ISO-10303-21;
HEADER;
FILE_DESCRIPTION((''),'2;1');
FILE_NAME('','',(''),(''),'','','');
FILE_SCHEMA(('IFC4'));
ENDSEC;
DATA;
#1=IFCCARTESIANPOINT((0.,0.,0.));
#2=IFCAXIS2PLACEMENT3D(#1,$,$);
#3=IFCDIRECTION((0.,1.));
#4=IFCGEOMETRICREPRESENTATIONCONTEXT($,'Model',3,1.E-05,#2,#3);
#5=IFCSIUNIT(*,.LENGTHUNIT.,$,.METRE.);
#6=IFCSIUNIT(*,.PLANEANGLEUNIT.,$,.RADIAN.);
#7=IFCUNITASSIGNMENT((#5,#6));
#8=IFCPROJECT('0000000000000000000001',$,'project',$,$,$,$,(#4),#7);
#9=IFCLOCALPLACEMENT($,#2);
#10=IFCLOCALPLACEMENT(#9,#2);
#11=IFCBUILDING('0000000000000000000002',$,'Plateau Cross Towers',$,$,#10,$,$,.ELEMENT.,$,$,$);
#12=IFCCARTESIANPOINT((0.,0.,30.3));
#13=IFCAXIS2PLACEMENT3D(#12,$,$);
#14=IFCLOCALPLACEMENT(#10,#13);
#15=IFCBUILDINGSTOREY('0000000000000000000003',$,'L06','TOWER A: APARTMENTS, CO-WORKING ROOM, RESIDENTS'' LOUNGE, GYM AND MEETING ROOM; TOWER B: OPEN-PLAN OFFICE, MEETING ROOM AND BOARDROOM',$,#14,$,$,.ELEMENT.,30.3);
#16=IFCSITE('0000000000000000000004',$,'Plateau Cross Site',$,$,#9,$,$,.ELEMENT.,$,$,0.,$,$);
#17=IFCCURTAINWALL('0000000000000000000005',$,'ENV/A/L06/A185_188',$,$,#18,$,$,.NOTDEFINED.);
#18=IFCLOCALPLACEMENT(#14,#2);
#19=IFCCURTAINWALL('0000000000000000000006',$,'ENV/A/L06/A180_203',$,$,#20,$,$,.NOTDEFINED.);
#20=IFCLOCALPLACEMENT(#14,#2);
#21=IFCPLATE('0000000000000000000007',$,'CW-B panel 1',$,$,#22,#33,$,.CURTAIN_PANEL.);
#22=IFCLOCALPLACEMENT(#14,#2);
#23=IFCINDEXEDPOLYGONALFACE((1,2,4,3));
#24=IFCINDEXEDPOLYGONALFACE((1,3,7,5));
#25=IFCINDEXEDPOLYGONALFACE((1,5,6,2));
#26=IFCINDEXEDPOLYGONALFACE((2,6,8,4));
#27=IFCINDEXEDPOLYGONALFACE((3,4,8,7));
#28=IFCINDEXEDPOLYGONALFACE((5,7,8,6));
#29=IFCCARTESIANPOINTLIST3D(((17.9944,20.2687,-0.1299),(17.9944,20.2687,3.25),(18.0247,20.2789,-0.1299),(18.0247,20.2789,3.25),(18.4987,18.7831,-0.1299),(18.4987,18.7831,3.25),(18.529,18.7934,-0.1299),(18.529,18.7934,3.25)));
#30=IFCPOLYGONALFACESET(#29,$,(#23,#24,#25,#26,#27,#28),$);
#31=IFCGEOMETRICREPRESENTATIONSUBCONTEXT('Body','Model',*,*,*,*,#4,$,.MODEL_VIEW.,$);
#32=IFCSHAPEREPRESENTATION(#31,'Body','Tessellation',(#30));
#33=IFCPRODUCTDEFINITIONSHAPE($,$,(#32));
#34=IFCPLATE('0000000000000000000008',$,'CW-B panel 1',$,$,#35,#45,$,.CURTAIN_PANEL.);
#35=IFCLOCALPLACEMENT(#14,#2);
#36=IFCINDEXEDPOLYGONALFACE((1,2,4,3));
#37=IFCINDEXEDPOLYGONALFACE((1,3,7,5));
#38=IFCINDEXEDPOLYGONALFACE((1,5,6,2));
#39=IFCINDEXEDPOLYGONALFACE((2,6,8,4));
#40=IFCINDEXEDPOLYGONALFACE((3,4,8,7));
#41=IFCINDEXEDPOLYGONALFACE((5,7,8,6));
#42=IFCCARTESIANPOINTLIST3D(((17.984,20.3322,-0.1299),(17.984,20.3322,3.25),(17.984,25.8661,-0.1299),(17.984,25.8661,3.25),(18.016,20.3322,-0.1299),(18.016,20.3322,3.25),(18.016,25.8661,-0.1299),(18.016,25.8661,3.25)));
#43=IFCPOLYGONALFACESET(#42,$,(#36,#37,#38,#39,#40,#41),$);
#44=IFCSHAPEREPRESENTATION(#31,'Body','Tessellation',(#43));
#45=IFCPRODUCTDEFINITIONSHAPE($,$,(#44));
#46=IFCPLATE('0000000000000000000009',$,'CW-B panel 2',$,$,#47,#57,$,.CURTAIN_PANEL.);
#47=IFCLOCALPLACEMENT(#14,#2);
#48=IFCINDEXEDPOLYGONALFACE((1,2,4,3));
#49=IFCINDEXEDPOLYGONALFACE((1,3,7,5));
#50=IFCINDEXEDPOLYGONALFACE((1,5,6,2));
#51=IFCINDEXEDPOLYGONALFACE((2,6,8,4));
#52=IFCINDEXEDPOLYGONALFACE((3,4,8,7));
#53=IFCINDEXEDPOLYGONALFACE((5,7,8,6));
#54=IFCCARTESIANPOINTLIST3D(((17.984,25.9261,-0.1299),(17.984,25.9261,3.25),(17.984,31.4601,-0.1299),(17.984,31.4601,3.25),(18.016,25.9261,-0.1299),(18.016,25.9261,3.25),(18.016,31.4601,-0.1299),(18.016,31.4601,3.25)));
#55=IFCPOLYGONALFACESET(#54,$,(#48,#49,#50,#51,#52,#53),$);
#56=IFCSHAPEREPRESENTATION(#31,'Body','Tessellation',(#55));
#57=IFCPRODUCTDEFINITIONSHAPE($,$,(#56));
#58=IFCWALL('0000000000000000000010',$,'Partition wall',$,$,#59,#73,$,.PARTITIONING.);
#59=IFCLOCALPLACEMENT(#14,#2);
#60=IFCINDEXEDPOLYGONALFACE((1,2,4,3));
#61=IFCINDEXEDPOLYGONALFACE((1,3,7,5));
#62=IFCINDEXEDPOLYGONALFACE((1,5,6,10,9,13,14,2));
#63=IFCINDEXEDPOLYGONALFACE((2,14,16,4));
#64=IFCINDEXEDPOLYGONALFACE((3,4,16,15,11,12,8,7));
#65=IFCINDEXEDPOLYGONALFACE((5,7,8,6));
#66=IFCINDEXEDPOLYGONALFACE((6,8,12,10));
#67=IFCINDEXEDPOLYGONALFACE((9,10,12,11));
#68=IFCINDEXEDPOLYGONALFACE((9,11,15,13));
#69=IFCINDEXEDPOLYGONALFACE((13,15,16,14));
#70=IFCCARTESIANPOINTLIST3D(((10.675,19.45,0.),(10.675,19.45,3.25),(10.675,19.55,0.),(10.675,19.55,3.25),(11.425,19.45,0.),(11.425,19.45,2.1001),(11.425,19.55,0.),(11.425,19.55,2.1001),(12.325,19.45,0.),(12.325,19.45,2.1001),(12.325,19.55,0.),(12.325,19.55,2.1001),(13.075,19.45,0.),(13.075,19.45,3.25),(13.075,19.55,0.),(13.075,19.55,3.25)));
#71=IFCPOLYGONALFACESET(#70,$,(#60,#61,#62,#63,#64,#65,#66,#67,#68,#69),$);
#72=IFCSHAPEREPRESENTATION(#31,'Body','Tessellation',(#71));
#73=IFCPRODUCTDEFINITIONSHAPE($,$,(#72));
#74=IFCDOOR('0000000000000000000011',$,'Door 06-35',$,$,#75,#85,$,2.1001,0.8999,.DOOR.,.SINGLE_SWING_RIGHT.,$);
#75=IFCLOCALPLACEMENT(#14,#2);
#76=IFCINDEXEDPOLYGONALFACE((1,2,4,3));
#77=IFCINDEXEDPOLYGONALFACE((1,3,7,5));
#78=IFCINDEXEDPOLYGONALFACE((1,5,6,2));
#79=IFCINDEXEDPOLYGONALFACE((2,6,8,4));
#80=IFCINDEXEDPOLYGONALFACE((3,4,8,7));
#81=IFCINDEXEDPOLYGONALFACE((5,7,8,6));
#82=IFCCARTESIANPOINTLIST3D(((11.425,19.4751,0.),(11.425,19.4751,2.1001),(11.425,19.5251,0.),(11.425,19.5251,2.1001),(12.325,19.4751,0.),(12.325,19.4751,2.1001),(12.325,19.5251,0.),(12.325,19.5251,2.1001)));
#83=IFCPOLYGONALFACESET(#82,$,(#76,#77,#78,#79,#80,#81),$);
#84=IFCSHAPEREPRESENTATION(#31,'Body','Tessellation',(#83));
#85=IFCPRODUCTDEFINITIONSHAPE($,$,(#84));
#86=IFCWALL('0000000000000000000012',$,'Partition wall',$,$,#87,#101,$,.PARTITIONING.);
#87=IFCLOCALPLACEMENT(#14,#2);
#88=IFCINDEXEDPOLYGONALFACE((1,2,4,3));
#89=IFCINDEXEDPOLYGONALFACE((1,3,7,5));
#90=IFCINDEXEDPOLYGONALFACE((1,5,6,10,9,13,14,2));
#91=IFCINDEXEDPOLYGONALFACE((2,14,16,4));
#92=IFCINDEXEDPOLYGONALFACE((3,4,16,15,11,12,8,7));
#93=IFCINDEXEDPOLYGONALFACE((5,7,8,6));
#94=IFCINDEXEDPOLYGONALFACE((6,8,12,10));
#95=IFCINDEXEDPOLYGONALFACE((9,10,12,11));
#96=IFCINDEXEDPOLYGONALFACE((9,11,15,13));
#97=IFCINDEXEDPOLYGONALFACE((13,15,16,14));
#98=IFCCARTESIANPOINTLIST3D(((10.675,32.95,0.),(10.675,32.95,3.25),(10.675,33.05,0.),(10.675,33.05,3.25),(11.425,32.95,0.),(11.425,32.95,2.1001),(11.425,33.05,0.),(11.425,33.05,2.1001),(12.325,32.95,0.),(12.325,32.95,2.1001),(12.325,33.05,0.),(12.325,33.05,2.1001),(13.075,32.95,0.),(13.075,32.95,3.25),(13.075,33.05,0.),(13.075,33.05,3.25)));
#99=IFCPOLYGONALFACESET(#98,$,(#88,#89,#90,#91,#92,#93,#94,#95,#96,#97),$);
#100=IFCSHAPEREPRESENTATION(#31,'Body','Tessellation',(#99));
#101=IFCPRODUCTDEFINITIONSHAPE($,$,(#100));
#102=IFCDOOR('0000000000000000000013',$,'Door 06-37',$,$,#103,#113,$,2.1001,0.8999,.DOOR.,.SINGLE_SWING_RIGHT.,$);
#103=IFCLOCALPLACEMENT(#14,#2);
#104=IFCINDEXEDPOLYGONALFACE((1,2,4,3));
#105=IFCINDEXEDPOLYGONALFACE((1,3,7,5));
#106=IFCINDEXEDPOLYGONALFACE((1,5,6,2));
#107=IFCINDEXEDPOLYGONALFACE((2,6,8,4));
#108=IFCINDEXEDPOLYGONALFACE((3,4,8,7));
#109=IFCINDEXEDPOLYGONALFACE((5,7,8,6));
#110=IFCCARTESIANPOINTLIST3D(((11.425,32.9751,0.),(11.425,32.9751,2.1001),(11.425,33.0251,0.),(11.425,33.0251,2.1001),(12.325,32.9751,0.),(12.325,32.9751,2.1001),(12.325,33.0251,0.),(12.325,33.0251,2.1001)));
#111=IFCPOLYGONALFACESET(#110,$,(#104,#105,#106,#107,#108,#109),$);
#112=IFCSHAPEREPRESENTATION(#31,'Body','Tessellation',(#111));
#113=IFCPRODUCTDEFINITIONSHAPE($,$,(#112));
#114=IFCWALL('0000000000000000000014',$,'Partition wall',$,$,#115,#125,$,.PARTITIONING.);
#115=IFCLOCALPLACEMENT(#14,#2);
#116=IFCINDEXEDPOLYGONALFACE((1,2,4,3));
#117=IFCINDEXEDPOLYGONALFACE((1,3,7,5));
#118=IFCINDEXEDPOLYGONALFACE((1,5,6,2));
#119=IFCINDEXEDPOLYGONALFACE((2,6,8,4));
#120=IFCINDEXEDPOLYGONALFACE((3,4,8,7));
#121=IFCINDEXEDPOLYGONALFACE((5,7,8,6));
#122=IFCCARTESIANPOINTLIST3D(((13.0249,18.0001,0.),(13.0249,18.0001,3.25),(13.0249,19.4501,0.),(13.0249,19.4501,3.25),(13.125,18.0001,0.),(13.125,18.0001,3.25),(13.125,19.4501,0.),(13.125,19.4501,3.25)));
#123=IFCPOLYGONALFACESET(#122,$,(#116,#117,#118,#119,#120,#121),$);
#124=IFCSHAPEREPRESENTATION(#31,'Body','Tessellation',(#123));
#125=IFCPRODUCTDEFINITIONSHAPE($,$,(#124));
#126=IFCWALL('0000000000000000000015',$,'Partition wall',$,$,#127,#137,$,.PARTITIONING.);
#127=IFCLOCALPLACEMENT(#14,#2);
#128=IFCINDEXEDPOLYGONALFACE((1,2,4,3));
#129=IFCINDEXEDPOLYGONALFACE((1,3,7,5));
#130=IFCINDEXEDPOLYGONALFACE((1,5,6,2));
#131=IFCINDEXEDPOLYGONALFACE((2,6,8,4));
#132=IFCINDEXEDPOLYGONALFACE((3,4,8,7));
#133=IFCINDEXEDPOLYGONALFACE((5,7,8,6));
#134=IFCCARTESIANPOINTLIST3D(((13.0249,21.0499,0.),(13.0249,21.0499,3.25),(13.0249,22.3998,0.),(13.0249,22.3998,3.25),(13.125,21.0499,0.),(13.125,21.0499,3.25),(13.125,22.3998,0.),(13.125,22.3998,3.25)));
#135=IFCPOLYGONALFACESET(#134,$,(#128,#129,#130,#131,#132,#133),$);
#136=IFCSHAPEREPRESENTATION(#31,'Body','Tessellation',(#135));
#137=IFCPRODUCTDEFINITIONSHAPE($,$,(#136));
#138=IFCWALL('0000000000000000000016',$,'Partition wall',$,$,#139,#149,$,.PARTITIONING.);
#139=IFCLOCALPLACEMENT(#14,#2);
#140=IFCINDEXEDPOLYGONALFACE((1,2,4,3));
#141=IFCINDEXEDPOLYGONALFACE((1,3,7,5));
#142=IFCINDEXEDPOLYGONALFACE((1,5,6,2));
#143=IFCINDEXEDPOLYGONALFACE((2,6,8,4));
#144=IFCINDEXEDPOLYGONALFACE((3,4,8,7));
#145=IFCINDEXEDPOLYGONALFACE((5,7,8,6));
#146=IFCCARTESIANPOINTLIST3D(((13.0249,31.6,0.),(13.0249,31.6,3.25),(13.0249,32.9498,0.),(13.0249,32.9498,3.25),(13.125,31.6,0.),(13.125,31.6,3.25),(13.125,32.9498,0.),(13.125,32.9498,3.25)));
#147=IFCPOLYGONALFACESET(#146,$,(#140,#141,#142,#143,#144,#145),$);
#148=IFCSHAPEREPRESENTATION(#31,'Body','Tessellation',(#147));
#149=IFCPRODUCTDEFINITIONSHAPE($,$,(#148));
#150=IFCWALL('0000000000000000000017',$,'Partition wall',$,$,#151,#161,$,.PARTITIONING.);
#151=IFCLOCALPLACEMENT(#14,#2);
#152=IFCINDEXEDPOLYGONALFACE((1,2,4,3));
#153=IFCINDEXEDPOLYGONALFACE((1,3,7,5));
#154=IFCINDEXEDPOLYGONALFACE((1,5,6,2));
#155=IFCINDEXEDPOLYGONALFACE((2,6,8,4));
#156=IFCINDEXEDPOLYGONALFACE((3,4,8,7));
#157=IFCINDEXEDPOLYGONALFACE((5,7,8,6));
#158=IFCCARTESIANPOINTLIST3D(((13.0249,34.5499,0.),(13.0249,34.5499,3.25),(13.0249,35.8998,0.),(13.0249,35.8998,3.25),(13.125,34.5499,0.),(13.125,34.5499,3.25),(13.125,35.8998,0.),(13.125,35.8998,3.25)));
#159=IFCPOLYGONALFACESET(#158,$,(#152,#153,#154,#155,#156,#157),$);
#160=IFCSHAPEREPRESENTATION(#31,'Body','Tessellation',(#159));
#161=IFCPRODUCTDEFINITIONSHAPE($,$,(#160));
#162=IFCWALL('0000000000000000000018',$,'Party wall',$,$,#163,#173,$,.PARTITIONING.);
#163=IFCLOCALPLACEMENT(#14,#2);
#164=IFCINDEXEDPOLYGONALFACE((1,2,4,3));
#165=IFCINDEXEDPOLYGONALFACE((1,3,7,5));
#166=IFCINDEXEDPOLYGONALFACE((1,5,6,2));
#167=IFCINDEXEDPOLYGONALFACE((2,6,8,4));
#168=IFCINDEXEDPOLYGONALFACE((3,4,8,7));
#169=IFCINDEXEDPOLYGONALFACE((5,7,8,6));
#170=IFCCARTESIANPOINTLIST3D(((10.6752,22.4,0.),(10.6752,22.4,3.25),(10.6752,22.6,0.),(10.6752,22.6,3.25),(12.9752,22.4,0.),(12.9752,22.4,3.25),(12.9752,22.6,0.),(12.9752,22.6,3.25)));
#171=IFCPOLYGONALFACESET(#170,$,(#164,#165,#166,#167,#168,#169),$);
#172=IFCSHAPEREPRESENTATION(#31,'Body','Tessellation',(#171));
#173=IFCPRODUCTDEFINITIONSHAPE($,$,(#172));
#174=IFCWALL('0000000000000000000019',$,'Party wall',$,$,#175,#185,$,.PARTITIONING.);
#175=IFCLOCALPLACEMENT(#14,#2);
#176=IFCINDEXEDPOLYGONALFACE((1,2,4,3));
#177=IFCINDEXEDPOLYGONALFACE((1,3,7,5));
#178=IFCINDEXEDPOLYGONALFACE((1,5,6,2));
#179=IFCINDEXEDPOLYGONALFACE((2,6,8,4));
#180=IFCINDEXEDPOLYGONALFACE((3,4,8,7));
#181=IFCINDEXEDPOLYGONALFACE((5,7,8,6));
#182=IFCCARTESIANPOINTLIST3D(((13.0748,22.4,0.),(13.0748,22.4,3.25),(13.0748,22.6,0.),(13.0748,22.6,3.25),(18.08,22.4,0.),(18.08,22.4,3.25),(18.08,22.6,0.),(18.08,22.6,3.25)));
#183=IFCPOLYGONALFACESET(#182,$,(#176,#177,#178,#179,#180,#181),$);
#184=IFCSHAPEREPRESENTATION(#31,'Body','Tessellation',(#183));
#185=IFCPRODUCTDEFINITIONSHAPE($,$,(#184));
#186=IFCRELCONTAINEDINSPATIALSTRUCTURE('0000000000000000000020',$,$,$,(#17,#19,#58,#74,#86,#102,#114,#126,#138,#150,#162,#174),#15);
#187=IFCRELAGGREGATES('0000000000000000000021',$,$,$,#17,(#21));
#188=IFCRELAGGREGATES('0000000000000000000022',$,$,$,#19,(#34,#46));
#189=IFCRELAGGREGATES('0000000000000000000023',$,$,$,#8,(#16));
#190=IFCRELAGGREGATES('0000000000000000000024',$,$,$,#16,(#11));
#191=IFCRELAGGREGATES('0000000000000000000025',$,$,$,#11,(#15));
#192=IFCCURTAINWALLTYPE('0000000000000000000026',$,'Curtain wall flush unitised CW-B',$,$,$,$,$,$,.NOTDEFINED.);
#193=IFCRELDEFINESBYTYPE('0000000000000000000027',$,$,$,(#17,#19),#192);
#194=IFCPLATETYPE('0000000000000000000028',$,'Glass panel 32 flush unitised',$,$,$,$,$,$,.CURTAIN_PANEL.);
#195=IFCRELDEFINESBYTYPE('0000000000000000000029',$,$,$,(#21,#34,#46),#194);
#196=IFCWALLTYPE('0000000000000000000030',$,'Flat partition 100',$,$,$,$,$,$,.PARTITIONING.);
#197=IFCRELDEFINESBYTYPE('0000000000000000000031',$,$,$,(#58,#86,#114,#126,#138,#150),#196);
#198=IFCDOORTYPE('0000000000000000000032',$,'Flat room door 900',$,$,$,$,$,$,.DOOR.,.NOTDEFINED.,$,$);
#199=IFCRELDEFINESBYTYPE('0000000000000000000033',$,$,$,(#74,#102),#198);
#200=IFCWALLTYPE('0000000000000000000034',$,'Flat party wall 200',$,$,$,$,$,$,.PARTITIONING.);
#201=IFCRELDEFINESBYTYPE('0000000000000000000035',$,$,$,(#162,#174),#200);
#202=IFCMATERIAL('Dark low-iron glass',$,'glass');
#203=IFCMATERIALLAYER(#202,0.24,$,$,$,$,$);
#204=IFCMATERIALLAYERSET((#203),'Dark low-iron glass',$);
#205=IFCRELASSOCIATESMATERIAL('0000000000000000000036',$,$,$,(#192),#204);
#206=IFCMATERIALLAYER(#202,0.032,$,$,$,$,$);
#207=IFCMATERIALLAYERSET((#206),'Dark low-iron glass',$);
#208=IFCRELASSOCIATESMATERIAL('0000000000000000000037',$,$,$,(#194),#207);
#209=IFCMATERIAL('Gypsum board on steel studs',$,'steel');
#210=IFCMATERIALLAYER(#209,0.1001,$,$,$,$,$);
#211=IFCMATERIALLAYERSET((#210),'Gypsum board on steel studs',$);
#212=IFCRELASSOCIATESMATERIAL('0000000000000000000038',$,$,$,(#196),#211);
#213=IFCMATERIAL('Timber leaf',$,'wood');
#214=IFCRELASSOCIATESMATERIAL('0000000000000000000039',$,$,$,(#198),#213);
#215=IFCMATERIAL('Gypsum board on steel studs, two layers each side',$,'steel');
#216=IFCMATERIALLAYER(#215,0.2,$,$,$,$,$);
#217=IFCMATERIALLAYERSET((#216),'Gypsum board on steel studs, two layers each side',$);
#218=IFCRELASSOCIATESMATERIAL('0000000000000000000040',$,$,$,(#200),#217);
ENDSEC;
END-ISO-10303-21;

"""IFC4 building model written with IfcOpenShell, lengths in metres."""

from ifc_helpers import new_model, si_unit, direction, frame, frame_2d, origin, origin_2d, place, context, subcontext, project, spatial, rectangle, extrude, material, layer, layer_set, type_object, element, fill, aggregate, save


model = new_model("IFC4")

# Units and contexts
model_context = context("Model", 3, precision=1e-05, world=origin(), true_north=direction((0.0, 1.0)))
body_context = subcontext(model_context, "Body", "Model", "MODEL_VIEW")
ifc_project = project(units=[si_unit("LENGTHUNIT", "METRE"), si_unit("PLANEANGLEUNIT", "RADIAN")], contexts=[model_context])

# Site, building, storey
site_placement = place(None, origin())
site = spatial("IfcSite", under=ifc_project, at=site_placement, Name="Plateau Cross Site", CompositionType="ELEMENT", RefElevation=0.0)
building_placement = place(site_placement, origin())
building = spatial("IfcBuilding", under=site, at=building_placement, Name="Plateau Cross Towers", CompositionType="ELEMENT")
storey_placement = place(building_placement, frame((0.0, 0.0, 30.3)))
storey = spatial("IfcBuildingStorey", under=building, at=storey_placement, Name="L06", Description="TOWER A: APARTMENTS, CO-WORKING ROOM, RESIDENTS' LOUNGE, GYM AND MEETING ROOM; TOWER B: OPEN-PLAN OFFICE, MEETING ROOM AND BOARDROOM", CompositionType="ELEMENT", Elevation=30.3)

# Shared definitions
ifc_material_1 = material(Name="Dark low-iron glass", Category="glass")
ifc_layer_1 = layer(ifc_material_1, 0.24)
ifc_layer_set_1 = layer_set([ifc_layer_1], Name="Dark low-iron glass")
curtain_wall_type_1 = type_object("IfcCurtainWallType", Name="Curtain wall flush unitised CW-B", PredefinedType="NOTDEFINED", material=ifc_layer_set_1)

# Curtain wall
curtain_wall_1_placement = place(storey_placement, origin())
curtain_wall_1 = element("IfcCurtainWall", 1, at=curtain_wall_1_placement, inside=storey, type_object=curtain_wall_type_1, Name="ENV/A/L06/A185_188", PredefinedType="NOTDEFINED")

# Curtain wall
curtain_wall_2_placement = place(storey_placement, origin())
curtain_wall_2 = element("IfcCurtainWall", 2, at=curtain_wall_2_placement, inside=storey, type_object=curtain_wall_type_1, Name="ENV/A/L06/A180_203", PredefinedType="NOTDEFINED")

# Plates
ifc_layer_2 = layer(ifc_material_1, 0.032)
ifc_layer_set_2 = layer_set([ifc_layer_2], Name="Dark low-iron glass")
plate_type = type_object("IfcPlateType", Name="Glass panel 32 flush unitised", PredefinedType="CURTAIN_PANEL", material=ifc_layer_set_2)
plate_1_placement = place(storey_placement, frame((18.2617, 19.531, -0.1299), z_axis=(0.0, 0.0, 1.0), x_axis=(-0.321469, 0.94692, 0.0)))
plate_1 = element("IfcPlate", 3, at=plate_1_placement, type_object=plate_type, Name="CW-B panel 1", PredefinedType="CURTAIN_PANEL", context=body_context, shape_type="SweptSolid", body=[
    extrude(rectangle(XDim=1.5688, YDim=0.032, at=origin_2d()), origin(), (0.0, 0.0, 1.0), 3.3799),
])
aggregate(curtain_wall_1, [plate_1])
plate_2_placement = place(storey_placement, frame((18.0, 23.0991, -0.1299), z_axis=(0.0, 0.0, 1.0), x_axis=(0.0, 1.0, 0.0)))
plate_2 = element("IfcPlate", 4, at=plate_2_placement, type_object=plate_type, Name="CW-B panel 1", PredefinedType="CURTAIN_PANEL", context=body_context, shape_type="SweptSolid", body=[
    extrude(rectangle(XDim=5.5339, YDim=0.032, at=origin_2d()), origin(), (0.0, 0.0, 1.0), 3.3799),
])
plate_3_placement = place(storey_placement, frame((18.0, 28.6931, -0.1299), z_axis=(0.0, 0.0, 1.0), x_axis=(0.0, 1.0, 0.0)))
plate_3 = element("IfcPlate", 5, at=plate_3_placement, type_object=plate_type, Name="CW-B panel 2", PredefinedType="CURTAIN_PANEL", context=body_context, shape_type="SweptSolid", body=[
    extrude(rectangle(XDim=5.5339, YDim=0.032, at=origin_2d()), origin(), (0.0, 0.0, 1.0), 3.3799),
])
aggregate(curtain_wall_2, [plate_2, plate_3])

# Walls, openings, doors
ifc_material_2 = material(Name="Gypsum board on steel studs", Category="steel")
ifc_layer_3 = layer(ifc_material_2, 0.1001)
ifc_layer_set_3 = layer_set([ifc_layer_3], Name="Gypsum board on steel studs")
wall_type_1 = type_object("IfcWallType", Name="Flat partition 100", PredefinedType="PARTITIONING", material=ifc_layer_set_3)
wall_1_placement = place(storey_placement, frame((13.075, 19.5, 0.0), z_axis=(0.0, 0.0, 1.0), x_axis=(-1.0, 0.0, 0.0)))
wall_1 = element("IfcWall", 6, at=wall_1_placement, inside=storey, type_object=wall_type_1, Name="Partition wall", PredefinedType="PARTITIONING", context=body_context, shape_type="SweptSolid", body=[
    extrude(rectangle(XDim=2.3999, YDim=0.1001, at=frame_2d((1.2, 0.0))), origin(), (0.0, 0.0, 1.0), 3.25),
])
opening_1_placement = place(wall_1_placement, frame((0.75, 0.0, 0.0)))
opening_1 = element("IfcOpeningElement", 7, at=opening_1_placement, cuts=wall_1, PredefinedType="OPENING", context=body_context, shape_type="SweptSolid", body=[
    extrude(rectangle(XDim=0.8999, YDim=2.1001, at=frame_2d((0.45, 1.05))), frame((0.0, 0.0601, 0.0), z_axis=(0.0, -1.0, 0.0), x_axis=(1.0, 0.0, 0.0)), (0.0, 0.0, 1.0), 0.1201),
])
ifc_material_3 = material(Name="Timber leaf", Category="wood")
door_type_1 = type_object("IfcDoorType", Name="Flat room door 900", OperationType="NOTDEFINED", PredefinedType="DOOR", material=ifc_material_3)
door_1_placement = place(opening_1_placement, origin())
door_1 = element("IfcDoor", 8, at=door_1_placement, inside=storey, type_object=door_type_1, Name="Door 06-35", OperationType="SINGLE_SWING_RIGHT", OverallHeight=2.1001, OverallWidth=0.8999, PredefinedType="DOOR", context=body_context, shape_type="SweptSolid", body=[
    extrude(rectangle(XDim=0.8999, YDim=2.1001, at=frame_2d((0.45, 1.05))), frame((0.0, 0.0249, 0.0), z_axis=(0.0, -1.0, 0.0), x_axis=(1.0, 0.0, 0.0)), (0.0, 0.0, 1.0), 0.05),
])
fill(opening_1, door_1)
wall_2_placement = place(storey_placement, frame((13.075, 33.0, 0.0), z_axis=(0.0, 0.0, 1.0), x_axis=(-1.0, 0.0, 0.0)))
wall_2 = element("IfcWall", 9, at=wall_2_placement, inside=storey, type_object=wall_type_1, Name="Partition wall", PredefinedType="PARTITIONING", context=body_context, shape_type="SweptSolid", body=[
    extrude(rectangle(XDim=2.3999, YDim=0.1001, at=frame_2d((1.2, 0.0))), origin(), (0.0, 0.0, 1.0), 3.25),
])
opening_2_placement = place(wall_2_placement, frame((0.75, 0.0, 0.0)))
opening_2 = element("IfcOpeningElement", 10, at=opening_2_placement, cuts=wall_2, PredefinedType="OPENING", context=body_context, shape_type="SweptSolid", body=[
    extrude(rectangle(XDim=0.8999, YDim=2.1001, at=frame_2d((0.45, 1.05))), frame((0.0, 0.0601, 0.0), z_axis=(0.0, -1.0, 0.0), x_axis=(1.0, 0.0, 0.0)), (0.0, 0.0, 1.0), 0.1201),
])
door_2_placement = place(opening_2_placement, origin())
door_2 = element("IfcDoor", 11, at=door_2_placement, inside=storey, type_object=door_type_1, Name="Door 06-37", OperationType="SINGLE_SWING_RIGHT", OverallHeight=2.1001, OverallWidth=0.8999, PredefinedType="DOOR", context=body_context, shape_type="SweptSolid", body=[
    extrude(rectangle(XDim=0.8999, YDim=2.1001, at=frame_2d((0.45, 1.05))), frame((0.0, 0.0249, 0.0), z_axis=(0.0, -1.0, 0.0), x_axis=(1.0, 0.0, 0.0)), (0.0, 0.0, 1.0), 0.05),
])
fill(opening_2, door_2)

# Walls
wall_3_placement = place(storey_placement, frame((13.075, 18.0, 0.0), z_axis=(0.0, 0.0, 1.0), x_axis=(0.0, 1.0, 0.0)))
element("IfcWall", 12, at=wall_3_placement, inside=storey, type_object=wall_type_1, Name="Partition wall", PredefinedType="PARTITIONING", context=body_context, shape_type="SweptSolid", body=[
    extrude(rectangle(XDim=1.45, YDim=0.1001, at=frame_2d((0.7251, 0.0))), origin(), (0.0, 0.0, 1.0), 3.25),
])
for number, where, z_axis, x_axis, name in (
    (13, (13.075, 21.05, 0.0), (0.0, 0.0, 1.0), (0.0, 1.0, 0.0), "Partition wall"),
    (14, (13.075, 31.6001, 0.0), (0.0, 0.0, 1.0), (0.0, 1.0, 0.0), "Partition wall"),
    (15, (13.075, 34.55, 0.0), (0.0, 0.0, 1.0), (0.0, 1.0, 0.0), "Partition wall"),
):
    element("IfcWall", number, at=place(storey_placement, frame(where, z_axis=z_axis, x_axis=x_axis)), inside=storey, type_object=wall_type_1, Name=name, PredefinedType="PARTITIONING", context=body_context, shape_type="SweptSolid", body=[
        extrude(rectangle(XDim=1.3499, YDim=0.1001, at=frame_2d((0.6748, 0.0))), origin(), (0.0, 0.0, 1.0), 3.25),
    ])
ifc_material_4 = material(Name="Gypsum board on steel studs, two layers each side", Category="steel")
ifc_layer_4 = layer(ifc_material_4, 0.2)
ifc_layer_set_4 = layer_set([ifc_layer_4], Name="Gypsum board on steel studs, two layers each side")
wall_type_2 = type_object("IfcWallType", Name="Flat party wall 200", PredefinedType="PARTITIONING", material=ifc_layer_set_4)
wall_4_placement = place(storey_placement, frame((12.9751, 22.5, 0.0), z_axis=(0.0, 0.0, 1.0), x_axis=(-1.0, 0.0, 0.0)))
element("IfcWall", 16, at=wall_4_placement, inside=storey, type_object=wall_type_2, Name="Party wall", PredefinedType="PARTITIONING", context=body_context, shape_type="SweptSolid", body=[
    extrude(rectangle(XDim=2.3, YDim=0.2, at=frame_2d((1.1499, 0.0))), origin(), (0.0, 0.0, 1.0), 3.25),
])
wall_5_placement = place(storey_placement, frame((13.075, 22.5, 0.0), z_axis=(0.0, 0.0, 1.0), x_axis=(1.0, 0.0, 0.0)))
element("IfcWall", 17, at=wall_5_placement, inside=storey, type_object=wall_type_2, Name="Party wall", PredefinedType="PARTITIONING", context=body_context, shape_type="SweptSolid", body=[
    extrude(rectangle(XDim=5.0051, YDim=0.2, at=frame_2d((2.5024, 0.0))), origin(), (0.0, 0.0, 1.0), 3.25),
])

save(model, "model.ifc")
